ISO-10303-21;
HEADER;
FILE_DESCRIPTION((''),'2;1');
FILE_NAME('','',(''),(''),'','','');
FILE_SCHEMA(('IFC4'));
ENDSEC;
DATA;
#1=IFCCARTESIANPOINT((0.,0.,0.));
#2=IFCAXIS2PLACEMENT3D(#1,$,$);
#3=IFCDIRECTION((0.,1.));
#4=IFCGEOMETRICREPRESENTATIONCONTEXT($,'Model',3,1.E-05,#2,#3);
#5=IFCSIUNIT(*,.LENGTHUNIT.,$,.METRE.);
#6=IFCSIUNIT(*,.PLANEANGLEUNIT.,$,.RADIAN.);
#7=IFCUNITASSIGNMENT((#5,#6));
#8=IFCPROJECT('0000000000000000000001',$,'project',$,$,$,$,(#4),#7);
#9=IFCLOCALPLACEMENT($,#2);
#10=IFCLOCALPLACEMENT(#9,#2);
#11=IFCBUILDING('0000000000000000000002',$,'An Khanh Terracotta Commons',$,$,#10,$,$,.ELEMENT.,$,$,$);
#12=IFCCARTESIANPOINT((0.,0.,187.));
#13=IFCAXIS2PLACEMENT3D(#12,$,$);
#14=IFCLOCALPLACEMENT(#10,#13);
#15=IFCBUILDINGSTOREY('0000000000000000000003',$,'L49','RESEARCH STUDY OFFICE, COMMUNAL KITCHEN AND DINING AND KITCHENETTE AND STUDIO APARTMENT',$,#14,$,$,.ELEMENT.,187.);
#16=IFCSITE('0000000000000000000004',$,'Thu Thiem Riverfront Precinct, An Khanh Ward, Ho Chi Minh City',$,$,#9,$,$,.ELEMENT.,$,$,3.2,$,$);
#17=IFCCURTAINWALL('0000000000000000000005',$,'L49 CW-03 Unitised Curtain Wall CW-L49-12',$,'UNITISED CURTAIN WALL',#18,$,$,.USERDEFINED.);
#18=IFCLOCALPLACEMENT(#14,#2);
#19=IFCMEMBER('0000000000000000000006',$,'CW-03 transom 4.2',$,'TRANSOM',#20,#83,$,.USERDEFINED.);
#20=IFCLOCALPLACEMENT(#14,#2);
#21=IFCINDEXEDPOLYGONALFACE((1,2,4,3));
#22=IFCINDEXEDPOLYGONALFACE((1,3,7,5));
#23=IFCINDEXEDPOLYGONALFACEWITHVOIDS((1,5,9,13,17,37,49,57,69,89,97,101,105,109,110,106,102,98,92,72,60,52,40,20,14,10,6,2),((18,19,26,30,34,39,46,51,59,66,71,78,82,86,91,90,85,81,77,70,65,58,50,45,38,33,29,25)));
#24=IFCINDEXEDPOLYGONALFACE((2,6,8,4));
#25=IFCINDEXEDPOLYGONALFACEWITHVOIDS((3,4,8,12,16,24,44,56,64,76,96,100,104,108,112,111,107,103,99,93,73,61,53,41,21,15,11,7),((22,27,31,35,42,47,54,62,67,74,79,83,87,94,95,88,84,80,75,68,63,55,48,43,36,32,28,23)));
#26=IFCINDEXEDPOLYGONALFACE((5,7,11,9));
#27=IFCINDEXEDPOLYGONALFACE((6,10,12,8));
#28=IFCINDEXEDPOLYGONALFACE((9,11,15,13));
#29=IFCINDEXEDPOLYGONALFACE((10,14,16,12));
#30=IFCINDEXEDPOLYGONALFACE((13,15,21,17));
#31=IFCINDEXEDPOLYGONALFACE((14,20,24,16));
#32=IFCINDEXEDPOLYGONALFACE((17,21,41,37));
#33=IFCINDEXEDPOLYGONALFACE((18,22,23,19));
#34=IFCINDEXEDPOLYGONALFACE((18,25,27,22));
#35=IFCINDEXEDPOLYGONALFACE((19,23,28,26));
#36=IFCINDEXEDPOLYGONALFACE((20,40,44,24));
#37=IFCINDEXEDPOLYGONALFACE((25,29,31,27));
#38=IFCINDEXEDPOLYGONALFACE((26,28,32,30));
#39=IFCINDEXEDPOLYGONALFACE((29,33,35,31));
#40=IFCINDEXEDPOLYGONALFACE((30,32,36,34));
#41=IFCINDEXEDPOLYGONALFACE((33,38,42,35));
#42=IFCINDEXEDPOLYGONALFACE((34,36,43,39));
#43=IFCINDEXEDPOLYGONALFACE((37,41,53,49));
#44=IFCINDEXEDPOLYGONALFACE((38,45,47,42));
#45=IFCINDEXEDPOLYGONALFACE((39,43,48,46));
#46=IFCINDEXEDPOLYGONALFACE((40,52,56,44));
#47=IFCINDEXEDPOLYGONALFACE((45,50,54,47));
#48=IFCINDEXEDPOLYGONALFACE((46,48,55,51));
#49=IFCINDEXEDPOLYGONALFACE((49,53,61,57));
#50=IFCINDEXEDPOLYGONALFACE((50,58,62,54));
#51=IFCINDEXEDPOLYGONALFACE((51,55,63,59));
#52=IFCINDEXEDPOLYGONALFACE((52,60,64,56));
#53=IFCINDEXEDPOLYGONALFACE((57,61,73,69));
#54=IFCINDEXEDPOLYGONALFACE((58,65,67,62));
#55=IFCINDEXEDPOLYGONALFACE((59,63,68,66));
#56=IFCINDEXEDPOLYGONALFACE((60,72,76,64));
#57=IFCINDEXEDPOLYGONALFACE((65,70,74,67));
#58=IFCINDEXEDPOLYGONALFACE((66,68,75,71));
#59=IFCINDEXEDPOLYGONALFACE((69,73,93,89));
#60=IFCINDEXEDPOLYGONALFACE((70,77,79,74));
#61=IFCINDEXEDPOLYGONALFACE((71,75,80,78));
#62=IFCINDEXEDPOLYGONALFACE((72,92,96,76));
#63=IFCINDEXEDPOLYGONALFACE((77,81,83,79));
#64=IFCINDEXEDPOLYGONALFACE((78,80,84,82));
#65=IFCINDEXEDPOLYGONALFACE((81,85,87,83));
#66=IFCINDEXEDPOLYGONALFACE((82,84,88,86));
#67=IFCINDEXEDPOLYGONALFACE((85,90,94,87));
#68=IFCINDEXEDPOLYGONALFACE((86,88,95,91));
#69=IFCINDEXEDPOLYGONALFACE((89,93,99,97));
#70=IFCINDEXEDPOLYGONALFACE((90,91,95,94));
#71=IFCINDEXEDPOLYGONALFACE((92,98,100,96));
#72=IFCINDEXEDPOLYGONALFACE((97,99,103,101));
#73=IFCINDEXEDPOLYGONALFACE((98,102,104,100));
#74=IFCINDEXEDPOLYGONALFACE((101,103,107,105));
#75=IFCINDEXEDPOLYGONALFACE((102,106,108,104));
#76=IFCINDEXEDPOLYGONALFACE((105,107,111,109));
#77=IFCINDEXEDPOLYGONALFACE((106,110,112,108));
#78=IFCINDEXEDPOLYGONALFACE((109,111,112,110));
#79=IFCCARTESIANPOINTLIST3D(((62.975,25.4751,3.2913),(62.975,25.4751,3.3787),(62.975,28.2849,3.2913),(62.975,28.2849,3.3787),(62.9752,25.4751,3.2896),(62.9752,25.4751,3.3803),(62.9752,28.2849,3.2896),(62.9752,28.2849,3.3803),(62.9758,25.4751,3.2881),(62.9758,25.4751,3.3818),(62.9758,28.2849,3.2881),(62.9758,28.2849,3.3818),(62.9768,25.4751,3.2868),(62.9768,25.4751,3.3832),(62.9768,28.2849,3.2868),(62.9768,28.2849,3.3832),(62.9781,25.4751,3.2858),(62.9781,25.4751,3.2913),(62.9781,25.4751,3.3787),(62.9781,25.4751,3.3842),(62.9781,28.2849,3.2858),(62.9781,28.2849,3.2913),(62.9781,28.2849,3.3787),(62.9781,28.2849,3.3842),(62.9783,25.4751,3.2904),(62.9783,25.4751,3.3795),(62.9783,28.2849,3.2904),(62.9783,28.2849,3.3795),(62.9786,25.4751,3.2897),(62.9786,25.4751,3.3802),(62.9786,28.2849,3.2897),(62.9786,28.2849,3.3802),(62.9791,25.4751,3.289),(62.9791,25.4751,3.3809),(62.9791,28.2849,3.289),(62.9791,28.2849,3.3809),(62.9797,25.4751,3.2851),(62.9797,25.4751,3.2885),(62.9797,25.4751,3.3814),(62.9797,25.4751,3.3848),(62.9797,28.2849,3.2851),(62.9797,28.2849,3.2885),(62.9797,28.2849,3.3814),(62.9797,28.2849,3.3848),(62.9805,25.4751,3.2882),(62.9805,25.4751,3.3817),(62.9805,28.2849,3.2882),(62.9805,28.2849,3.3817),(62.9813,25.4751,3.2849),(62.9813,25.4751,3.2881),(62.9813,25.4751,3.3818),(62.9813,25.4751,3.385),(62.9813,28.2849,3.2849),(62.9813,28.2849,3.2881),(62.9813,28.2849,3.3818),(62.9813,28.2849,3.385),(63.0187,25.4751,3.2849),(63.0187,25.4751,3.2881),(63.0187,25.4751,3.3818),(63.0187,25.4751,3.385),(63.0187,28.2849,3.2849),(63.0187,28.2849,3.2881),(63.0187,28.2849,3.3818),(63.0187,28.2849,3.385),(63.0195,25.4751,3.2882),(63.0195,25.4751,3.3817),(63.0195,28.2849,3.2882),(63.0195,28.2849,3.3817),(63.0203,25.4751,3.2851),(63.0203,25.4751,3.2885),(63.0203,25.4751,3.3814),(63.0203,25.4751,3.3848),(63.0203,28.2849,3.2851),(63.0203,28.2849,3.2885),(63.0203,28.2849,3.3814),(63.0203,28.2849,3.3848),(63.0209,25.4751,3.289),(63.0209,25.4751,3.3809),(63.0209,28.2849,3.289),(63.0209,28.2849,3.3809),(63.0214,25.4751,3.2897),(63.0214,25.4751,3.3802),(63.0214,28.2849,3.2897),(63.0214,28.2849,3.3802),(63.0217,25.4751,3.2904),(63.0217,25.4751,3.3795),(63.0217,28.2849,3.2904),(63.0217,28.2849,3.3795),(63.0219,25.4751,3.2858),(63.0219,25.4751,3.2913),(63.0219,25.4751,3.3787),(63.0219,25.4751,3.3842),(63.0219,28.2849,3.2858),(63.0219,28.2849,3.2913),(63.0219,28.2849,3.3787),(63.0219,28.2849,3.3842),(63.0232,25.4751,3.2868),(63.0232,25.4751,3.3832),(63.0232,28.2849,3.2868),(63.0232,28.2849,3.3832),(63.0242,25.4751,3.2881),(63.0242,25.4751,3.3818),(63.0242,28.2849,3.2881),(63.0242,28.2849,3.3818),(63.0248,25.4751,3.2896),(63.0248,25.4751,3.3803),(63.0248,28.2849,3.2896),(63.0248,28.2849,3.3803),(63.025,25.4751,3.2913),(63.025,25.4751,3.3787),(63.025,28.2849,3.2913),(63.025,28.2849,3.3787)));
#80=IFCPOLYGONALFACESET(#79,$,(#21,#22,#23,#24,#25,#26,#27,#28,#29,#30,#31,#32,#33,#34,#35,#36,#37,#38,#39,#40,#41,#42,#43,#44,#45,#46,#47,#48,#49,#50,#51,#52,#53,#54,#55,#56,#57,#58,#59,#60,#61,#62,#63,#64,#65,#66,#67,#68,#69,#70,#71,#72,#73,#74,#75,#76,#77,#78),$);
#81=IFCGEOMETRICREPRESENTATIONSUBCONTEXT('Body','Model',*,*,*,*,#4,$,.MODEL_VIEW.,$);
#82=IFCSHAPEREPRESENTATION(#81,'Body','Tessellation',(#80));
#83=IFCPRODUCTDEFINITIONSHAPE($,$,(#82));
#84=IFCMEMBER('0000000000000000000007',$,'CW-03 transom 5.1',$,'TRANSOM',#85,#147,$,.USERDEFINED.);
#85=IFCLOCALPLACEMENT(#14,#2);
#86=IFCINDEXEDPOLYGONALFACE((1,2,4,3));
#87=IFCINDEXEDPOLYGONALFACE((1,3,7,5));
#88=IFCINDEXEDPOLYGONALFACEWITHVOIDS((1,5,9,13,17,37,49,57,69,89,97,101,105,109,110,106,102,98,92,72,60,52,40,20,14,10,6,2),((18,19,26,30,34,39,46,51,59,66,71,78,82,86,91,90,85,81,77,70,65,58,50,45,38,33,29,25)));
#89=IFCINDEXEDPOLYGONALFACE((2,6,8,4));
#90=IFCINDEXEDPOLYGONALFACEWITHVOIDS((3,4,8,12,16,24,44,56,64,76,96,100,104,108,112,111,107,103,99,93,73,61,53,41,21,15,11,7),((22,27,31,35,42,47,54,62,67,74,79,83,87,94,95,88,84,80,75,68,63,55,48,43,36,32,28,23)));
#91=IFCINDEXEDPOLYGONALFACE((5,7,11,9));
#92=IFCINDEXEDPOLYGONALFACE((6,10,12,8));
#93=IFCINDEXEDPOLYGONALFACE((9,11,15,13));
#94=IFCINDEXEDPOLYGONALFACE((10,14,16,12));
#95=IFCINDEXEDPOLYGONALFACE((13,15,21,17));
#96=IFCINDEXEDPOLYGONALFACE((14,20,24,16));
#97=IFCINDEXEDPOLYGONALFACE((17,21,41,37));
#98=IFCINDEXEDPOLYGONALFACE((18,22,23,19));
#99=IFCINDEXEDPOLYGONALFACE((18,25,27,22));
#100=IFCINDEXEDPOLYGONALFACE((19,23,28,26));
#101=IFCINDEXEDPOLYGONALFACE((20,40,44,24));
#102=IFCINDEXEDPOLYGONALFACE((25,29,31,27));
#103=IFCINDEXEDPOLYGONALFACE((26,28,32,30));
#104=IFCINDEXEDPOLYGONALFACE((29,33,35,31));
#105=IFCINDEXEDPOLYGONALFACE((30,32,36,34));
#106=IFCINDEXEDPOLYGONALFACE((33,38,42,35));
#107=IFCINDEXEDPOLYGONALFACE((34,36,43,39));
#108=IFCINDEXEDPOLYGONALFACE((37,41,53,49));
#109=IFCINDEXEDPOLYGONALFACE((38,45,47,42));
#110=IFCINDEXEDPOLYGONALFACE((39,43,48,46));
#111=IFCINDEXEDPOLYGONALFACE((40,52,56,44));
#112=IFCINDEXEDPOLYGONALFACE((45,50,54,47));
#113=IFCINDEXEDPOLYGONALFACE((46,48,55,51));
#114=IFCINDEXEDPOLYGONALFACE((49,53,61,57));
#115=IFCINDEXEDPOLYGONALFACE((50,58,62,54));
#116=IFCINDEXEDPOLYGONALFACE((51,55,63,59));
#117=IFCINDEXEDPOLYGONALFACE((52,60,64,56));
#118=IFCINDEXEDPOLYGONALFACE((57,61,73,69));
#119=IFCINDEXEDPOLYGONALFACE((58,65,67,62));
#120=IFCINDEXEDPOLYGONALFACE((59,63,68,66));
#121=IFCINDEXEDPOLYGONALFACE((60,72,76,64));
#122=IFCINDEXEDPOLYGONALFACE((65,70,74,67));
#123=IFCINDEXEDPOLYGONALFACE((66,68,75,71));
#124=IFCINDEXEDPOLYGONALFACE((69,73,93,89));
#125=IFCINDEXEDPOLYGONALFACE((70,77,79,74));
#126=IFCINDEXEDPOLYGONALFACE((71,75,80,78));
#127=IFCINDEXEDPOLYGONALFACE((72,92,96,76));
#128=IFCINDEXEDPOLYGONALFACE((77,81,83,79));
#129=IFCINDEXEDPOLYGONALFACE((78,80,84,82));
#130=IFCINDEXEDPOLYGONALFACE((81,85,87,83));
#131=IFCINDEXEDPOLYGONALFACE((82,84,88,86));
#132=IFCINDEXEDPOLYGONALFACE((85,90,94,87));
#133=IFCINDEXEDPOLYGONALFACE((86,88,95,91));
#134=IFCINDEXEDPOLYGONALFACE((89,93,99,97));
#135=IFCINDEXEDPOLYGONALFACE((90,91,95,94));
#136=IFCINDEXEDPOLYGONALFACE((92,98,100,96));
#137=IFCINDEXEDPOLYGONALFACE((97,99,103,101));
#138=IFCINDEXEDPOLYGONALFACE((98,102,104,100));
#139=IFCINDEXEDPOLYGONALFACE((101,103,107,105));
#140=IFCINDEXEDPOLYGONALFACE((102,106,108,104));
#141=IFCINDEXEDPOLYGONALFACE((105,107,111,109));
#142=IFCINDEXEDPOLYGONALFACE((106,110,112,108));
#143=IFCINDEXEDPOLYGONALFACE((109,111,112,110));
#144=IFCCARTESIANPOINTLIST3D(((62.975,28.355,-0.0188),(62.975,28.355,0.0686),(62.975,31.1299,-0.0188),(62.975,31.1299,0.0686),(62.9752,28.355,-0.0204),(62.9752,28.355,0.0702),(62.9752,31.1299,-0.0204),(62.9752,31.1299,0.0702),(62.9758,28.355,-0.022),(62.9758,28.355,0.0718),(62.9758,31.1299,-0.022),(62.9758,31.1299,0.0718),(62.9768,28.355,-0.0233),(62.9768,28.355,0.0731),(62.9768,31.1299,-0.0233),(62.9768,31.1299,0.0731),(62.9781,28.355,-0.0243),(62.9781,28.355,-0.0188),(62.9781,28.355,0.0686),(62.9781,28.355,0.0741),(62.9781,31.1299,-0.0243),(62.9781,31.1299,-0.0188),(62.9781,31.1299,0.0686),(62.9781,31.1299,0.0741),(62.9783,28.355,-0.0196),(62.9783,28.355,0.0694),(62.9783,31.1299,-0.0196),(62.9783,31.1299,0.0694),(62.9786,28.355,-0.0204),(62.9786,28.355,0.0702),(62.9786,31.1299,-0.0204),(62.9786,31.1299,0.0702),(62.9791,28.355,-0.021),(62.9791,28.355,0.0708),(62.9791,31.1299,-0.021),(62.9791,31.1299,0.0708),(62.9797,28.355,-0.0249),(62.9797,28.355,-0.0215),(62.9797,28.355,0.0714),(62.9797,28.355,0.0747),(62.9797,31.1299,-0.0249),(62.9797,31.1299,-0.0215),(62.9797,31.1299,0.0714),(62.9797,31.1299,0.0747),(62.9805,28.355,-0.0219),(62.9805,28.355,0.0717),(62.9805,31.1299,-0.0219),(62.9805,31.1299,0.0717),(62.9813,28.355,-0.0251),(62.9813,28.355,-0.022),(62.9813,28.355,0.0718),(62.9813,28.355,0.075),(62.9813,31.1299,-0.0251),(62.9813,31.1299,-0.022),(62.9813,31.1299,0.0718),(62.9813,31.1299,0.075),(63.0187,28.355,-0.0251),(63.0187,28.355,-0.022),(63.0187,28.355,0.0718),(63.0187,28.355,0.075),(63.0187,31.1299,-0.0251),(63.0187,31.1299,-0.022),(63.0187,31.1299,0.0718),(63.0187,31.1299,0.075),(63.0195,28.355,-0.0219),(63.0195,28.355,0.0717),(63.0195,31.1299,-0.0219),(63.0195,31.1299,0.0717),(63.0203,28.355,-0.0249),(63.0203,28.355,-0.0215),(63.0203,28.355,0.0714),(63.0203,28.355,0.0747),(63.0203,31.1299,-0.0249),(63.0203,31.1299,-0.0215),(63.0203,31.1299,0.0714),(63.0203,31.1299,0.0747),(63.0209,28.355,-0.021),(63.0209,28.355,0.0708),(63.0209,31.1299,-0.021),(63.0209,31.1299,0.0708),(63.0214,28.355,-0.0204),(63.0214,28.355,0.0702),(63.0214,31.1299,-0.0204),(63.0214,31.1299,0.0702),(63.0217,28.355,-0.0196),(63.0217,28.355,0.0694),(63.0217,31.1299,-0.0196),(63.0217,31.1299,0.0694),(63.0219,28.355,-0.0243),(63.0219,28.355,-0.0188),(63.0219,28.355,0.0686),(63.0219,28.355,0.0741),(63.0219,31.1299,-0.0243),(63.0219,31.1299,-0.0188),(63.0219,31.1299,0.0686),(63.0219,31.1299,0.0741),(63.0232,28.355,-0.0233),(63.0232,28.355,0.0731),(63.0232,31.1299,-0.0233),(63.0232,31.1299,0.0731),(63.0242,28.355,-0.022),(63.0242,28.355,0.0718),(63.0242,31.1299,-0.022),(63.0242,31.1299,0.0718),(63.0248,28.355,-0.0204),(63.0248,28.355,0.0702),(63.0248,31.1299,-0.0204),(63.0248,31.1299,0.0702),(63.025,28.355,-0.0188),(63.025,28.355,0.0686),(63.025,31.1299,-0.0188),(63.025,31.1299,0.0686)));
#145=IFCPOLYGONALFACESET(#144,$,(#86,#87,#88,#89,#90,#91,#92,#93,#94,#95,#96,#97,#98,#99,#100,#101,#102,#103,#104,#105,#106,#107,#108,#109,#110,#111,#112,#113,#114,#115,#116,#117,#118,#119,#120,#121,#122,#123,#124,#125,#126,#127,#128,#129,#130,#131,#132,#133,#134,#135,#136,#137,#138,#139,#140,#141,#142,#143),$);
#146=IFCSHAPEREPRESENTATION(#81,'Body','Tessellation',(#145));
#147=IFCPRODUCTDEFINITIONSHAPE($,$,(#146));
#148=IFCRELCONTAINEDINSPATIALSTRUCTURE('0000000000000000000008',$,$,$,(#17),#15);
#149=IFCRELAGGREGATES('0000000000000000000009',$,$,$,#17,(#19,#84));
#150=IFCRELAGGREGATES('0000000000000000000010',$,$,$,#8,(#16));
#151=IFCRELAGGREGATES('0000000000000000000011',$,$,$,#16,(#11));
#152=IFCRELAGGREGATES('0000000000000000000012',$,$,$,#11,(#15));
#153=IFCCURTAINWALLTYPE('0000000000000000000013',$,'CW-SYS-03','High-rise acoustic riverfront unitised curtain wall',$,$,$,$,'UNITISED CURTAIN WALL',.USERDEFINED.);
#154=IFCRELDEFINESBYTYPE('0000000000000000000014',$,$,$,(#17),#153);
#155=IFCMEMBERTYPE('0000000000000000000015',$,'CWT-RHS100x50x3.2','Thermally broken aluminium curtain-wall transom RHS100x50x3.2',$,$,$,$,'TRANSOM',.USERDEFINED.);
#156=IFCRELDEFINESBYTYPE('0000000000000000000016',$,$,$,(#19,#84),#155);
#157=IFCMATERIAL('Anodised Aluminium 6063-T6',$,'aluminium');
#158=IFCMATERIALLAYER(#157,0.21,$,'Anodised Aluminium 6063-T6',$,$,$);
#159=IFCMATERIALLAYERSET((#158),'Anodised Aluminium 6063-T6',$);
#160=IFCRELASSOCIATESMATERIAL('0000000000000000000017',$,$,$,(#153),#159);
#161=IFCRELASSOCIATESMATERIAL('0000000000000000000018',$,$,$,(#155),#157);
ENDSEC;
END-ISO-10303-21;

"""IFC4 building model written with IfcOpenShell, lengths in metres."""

from ifc_helpers import new_model, si_unit, direction, frame, origin, origin_2d, place, context, subcontext, project, spatial, hollow_rectangle, extrude, material, layer, layer_set, material_profile, profile_set, type_object, element, aggregate, save


model = new_model("IFC4")

# Units and contexts
model_context = context("Model", 3, precision=1e-05, world=origin(), true_north=direction((0.0, 1.0)))
body_context = subcontext(model_context, "Body", "Model", "MODEL_VIEW")
ifc_project = project(units=[si_unit("LENGTHUNIT", "METRE"), si_unit("PLANEANGLEUNIT", "RADIAN")], contexts=[model_context])

# Site, building, storey
site_placement = place(None, origin())
site = spatial("IfcSite", under=ifc_project, at=site_placement, Name="Thu Thiem Riverfront Precinct, An Khanh Ward, Ho Chi Minh City", CompositionType="ELEMENT", RefElevation=3.2)
building_placement = place(site_placement, origin())
building = spatial("IfcBuilding", under=site, at=building_placement, Name="An Khanh Terracotta Commons", CompositionType="ELEMENT")
storey_placement = place(building_placement, frame((0.0, 0.0, 187.0)))
storey = spatial("IfcBuildingStorey", under=building, at=storey_placement, Name="L49", Description="RESEARCH STUDY OFFICE, COMMUNAL KITCHEN AND DINING AND KITCHENETTE AND STUDIO APARTMENT", CompositionType="ELEMENT", Elevation=187.0)

# Curtain wall
ifc_material_1 = material(Name="Anodised Aluminium 6063-T6", Category="aluminium")
ifc_layer_1 = layer(ifc_material_1, 0.21, Name="Anodised Aluminium 6063-T6")
ifc_layer_set_1 = layer_set([ifc_layer_1], Name="Anodised Aluminium 6063-T6")
curtain_wall_type = type_object("IfcCurtainWallType", Name="CW-SYS-03", Description="High-rise acoustic riverfront unitised curtain wall", ElementType="UNITISED CURTAIN WALL", PredefinedType="USERDEFINED", material=ifc_layer_set_1)
curtain_wall_1_placement = place(storey_placement, origin())
curtain_wall_1 = element("IfcCurtainWall", 1, at=curtain_wall_1_placement, inside=storey, type_object=curtain_wall_type, Name="L49 CW-03 Unitised Curtain Wall CW-L49-12", ObjectType="UNITISED CURTAIN WALL", PredefinedType="USERDEFINED")

# Members
ifc_material_profile_1 = material_profile(ifc_material_1, hollow_rectangle(XDim=0.05, YDim=0.1001, WallThickness=0.0032, InnerFilletRadius=0.0032, OuterFilletRadius=0.0063, at=origin_2d()), Name="RHS100x50x3.2")
ifc_profile_set_1 = profile_set([ifc_material_profile_1], Name="Anodised Aluminium 6063-T6")
member_type_1 = type_object("IfcMemberType", Name="CWT-RHS100x50x3.2", Description="Thermally broken aluminium curtain-wall transom RHS100x50x3.2", ElementType="TRANSOM", PredefinedType="USERDEFINED", material=ifc_profile_set_1)
member_1_placement = place(storey_placement, frame((63.0, 25.4751, 3.335), z_axis=(0.0, 1.0, 0.0), x_axis=(-1.0, 0.0, 0.0)))
member_1 = element("IfcMember", 2, at=member_1_placement, type_object=member_type_1, Name="CW-03 transom 4.2", ObjectType="TRANSOM", PredefinedType="USERDEFINED", context=body_context, shape_type="SweptSolid", body=[
    extrude(hollow_rectangle(XDim=0.05, YDim=0.1001, WallThickness=0.0032, InnerFilletRadius=0.0032, OuterFilletRadius=0.0063, at=origin_2d()), origin(), (0.0, 0.0, 1.0), 2.8098),
])
member_2_placement = place(storey_placement, frame((63.0, 28.355, 0.0249), z_axis=(0.0, 1.0, 0.0), x_axis=(-1.0, 0.0, 0.0)))
member_2 = element("IfcMember", 3, at=member_2_placement, type_object=member_type_1, Name="CW-03 transom 5.1", ObjectType="TRANSOM", PredefinedType="USERDEFINED", context=body_context, shape_type="SweptSolid", body=[
    extrude(hollow_rectangle(XDim=0.05, YDim=0.1001, WallThickness=0.0032, InnerFilletRadius=0.0032, OuterFilletRadius=0.0063, at=origin_2d()), origin(), (0.0, 0.0, 1.0), 2.7749),
])

aggregate(curtain_wall_1, [member_1, member_2])

save(model, "model.ifc")
